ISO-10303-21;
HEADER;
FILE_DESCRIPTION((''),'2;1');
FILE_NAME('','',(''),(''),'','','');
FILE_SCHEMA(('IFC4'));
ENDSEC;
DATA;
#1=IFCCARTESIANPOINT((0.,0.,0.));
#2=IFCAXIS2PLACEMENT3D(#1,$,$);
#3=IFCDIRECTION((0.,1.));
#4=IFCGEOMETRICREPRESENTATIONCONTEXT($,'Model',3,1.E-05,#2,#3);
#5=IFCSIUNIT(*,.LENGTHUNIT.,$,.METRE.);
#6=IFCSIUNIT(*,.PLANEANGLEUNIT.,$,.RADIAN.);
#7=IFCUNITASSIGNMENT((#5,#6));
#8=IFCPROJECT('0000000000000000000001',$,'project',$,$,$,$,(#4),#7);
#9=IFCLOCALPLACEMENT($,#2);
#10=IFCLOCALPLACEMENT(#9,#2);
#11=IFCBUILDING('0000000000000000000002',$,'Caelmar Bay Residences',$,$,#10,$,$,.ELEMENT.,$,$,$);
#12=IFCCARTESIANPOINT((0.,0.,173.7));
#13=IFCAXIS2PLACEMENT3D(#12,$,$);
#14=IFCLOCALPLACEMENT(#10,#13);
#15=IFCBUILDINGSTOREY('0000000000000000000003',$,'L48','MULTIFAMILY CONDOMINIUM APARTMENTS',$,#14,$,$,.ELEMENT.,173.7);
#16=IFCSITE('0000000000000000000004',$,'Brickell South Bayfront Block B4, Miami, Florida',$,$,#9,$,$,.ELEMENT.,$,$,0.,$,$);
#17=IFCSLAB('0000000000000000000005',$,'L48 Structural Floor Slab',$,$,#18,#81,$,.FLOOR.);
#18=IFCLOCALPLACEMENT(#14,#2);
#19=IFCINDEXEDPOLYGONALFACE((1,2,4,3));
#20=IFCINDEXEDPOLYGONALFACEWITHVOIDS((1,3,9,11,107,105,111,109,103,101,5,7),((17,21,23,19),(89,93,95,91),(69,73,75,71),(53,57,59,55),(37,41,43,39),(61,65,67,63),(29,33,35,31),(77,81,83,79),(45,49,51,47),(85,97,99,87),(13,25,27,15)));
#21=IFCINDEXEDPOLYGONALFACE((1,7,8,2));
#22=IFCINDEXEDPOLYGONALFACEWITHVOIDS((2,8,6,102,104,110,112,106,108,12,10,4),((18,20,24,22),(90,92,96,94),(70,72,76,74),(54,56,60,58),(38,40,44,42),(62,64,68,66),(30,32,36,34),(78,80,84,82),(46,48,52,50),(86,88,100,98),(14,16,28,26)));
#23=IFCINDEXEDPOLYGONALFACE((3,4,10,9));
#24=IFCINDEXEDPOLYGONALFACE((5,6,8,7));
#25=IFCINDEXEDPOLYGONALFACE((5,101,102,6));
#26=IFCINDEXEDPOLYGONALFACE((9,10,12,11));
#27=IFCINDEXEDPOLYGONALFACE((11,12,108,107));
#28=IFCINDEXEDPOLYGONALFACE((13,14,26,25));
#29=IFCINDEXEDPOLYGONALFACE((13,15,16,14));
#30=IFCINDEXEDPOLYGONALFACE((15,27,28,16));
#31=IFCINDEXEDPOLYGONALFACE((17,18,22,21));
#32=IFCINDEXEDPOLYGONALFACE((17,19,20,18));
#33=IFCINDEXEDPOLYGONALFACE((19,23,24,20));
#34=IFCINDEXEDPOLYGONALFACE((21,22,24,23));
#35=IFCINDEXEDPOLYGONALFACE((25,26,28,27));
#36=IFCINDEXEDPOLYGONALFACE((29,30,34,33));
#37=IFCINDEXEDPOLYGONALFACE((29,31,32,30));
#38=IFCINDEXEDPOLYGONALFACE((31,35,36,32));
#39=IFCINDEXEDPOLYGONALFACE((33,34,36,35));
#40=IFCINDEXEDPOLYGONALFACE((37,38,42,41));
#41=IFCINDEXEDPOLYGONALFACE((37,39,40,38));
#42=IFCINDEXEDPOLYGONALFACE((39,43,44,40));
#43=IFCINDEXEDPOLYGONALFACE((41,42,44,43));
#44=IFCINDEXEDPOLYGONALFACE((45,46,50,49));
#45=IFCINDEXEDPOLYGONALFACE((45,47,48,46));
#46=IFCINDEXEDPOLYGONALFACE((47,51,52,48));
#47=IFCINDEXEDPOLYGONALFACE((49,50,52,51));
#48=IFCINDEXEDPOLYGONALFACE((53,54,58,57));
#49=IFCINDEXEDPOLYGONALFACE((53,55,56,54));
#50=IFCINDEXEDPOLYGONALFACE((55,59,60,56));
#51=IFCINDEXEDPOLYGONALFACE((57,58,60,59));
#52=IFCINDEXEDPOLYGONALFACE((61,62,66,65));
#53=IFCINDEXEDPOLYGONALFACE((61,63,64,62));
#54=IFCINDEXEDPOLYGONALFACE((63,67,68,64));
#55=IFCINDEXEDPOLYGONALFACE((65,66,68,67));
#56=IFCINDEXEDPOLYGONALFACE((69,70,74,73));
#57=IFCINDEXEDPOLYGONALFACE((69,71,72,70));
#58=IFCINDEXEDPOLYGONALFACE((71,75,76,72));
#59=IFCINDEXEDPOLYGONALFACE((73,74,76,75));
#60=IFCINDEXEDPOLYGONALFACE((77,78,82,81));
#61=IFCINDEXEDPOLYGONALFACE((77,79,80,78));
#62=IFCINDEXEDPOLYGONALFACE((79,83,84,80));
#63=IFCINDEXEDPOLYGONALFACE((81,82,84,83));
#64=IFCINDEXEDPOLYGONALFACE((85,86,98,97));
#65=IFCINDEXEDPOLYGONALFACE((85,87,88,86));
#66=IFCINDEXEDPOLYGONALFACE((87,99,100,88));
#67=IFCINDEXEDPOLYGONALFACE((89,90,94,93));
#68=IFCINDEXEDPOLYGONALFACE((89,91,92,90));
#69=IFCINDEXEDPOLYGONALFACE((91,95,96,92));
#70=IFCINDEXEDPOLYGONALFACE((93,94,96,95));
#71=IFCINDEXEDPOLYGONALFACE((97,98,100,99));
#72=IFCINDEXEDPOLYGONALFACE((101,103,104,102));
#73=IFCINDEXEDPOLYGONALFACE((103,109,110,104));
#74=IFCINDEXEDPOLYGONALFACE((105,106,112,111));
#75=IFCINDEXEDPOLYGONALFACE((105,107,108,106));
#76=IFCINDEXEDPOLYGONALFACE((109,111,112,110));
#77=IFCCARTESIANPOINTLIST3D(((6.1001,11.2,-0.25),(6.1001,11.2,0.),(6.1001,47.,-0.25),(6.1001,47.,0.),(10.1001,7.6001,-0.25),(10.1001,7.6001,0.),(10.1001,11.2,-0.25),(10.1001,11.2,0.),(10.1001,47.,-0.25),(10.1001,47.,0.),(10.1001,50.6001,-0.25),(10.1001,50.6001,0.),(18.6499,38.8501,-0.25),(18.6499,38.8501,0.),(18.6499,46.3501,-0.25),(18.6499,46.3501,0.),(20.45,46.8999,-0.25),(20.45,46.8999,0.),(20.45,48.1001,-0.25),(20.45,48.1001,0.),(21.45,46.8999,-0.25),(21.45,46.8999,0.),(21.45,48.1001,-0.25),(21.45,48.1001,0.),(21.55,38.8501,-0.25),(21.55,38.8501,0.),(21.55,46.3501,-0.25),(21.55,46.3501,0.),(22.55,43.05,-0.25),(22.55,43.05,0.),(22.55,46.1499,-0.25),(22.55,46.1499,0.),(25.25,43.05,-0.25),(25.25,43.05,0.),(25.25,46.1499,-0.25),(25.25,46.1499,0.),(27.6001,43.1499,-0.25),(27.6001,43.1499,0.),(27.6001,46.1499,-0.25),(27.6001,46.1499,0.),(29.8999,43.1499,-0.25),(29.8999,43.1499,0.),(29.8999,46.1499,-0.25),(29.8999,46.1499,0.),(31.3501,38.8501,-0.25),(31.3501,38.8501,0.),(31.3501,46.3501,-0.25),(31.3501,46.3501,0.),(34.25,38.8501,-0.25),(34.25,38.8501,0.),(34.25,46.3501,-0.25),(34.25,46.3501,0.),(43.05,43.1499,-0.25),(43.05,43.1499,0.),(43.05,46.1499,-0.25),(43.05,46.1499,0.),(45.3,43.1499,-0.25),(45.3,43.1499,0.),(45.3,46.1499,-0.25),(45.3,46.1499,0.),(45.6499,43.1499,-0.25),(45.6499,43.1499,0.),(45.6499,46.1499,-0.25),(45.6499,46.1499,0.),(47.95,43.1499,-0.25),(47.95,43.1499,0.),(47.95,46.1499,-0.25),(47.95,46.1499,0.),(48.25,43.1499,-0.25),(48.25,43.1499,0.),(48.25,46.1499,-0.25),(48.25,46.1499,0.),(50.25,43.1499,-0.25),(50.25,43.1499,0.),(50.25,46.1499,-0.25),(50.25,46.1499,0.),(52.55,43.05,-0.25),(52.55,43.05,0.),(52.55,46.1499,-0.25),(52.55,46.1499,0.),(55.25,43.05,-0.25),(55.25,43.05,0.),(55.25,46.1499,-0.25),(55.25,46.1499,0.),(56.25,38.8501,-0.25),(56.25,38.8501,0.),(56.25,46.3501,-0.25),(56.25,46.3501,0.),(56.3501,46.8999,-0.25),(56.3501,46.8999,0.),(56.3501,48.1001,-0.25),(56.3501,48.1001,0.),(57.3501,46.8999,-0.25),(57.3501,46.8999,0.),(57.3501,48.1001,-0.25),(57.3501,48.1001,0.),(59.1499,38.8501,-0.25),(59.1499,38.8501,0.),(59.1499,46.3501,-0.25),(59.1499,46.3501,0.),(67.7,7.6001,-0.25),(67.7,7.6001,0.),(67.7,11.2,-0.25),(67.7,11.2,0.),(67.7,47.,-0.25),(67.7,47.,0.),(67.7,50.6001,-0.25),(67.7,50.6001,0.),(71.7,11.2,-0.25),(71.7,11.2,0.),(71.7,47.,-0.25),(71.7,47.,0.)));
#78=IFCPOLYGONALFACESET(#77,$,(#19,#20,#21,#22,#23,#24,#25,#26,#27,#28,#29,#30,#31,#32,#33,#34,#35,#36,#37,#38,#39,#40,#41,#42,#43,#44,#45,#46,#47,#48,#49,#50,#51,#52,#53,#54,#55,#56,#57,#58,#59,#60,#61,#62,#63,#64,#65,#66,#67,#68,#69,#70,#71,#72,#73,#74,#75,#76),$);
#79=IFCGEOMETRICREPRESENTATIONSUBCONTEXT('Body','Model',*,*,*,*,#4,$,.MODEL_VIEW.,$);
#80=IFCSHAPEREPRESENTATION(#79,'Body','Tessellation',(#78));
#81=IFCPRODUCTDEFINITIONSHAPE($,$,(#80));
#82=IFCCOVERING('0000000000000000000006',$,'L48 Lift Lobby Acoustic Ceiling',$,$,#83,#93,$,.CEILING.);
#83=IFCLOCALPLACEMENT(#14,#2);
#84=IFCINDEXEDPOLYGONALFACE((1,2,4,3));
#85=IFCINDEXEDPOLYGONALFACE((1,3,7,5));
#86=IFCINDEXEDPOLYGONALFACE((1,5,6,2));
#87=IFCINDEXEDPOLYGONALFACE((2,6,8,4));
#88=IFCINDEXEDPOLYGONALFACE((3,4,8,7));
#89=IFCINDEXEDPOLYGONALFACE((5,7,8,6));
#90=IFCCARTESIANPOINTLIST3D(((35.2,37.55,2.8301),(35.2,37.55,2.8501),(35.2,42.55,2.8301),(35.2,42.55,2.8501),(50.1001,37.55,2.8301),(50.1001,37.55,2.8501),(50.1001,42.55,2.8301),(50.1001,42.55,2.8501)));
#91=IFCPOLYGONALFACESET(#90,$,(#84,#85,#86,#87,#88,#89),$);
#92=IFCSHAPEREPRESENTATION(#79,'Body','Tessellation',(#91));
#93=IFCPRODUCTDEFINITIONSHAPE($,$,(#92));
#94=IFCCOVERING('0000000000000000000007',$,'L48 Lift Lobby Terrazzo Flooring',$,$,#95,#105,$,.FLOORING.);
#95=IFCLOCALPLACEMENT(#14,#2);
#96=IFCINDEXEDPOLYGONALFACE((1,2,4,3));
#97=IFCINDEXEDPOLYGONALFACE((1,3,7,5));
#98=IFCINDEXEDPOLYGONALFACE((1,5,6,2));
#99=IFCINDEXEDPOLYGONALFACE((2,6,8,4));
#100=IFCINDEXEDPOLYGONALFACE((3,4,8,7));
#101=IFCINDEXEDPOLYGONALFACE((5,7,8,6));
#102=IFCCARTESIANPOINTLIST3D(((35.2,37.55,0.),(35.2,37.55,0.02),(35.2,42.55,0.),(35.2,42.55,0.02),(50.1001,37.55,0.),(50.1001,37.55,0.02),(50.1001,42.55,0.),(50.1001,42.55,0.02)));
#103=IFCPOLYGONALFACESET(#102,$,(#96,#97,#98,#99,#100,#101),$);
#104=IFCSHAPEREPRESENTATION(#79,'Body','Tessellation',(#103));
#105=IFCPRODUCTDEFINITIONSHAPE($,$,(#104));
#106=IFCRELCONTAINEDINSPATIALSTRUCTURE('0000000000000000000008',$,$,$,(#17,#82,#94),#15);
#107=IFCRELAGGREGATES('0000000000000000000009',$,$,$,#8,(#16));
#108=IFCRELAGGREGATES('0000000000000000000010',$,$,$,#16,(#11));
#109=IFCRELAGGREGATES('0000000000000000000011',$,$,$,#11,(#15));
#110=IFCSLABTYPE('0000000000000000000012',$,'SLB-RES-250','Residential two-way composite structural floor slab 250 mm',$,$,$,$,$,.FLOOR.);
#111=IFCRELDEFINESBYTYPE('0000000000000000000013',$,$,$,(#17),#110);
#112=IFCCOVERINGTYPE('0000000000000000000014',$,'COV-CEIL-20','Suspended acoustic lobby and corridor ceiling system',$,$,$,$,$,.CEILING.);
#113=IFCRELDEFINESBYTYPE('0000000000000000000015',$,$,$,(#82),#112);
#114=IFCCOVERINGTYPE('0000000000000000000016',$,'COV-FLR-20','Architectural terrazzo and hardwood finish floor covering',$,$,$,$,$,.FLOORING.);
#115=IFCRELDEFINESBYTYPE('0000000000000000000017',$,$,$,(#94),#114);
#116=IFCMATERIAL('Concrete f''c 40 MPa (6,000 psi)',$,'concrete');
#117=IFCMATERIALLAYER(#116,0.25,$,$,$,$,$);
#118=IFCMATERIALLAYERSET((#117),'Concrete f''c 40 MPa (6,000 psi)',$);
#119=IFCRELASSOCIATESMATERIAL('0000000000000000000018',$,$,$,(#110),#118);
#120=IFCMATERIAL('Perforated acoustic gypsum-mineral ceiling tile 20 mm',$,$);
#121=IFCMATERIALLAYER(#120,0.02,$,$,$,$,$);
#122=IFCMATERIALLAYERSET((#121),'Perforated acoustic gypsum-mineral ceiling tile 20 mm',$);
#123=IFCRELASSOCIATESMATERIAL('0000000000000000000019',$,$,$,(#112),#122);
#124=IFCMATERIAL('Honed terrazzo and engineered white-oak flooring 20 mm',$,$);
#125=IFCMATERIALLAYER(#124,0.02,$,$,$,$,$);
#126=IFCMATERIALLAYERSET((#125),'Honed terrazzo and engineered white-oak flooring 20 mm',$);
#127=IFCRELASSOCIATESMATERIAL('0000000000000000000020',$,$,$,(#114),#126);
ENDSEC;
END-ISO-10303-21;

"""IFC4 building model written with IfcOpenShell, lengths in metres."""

from ifc_helpers import new_model, si_unit, direction, frame, origin, place, context, subcontext, project, spatial, polyline, outline, extrude, material, layer, layer_set, type_object, element, save


model = new_model("IFC4")

# Units and contexts
model_context = context("Model", 3, precision=1e-05, world=origin(), true_north=direction((0.0, 1.0)))
body_context = subcontext(model_context, "Body", "Model", "MODEL_VIEW")
ifc_project = project(units=[si_unit("LENGTHUNIT", "METRE"), si_unit("PLANEANGLEUNIT", "RADIAN")], contexts=[model_context])

# Site, building, storey
site_placement = place(None, origin())
site = spatial("IfcSite", under=ifc_project, at=site_placement, Name="Brickell South Bayfront Block B4, Miami, Florida", CompositionType="ELEMENT", RefElevation=0.0)
building_placement = place(site_placement, origin())
building = spatial("IfcBuilding", under=site, at=building_placement, Name="Caelmar Bay Residences", CompositionType="ELEMENT")
storey_placement = place(building_placement, frame((0.0, 0.0, 173.7)))
storey = spatial("IfcBuildingStorey", under=building, at=storey_placement, Name="L48", Description="MULTIFAMILY CONDOMINIUM APARTMENTS", CompositionType="ELEMENT", Elevation=173.7)

# Shared definitions
ifc_material_1 = material(Name="Concrete f'c 40 MPa (6,000 psi)", Category="concrete")

# Slab
ifc_layer_1 = layer(ifc_material_1, 0.25)
ifc_layer_set_1 = layer_set([ifc_layer_1], Name="Concrete f'c 40 MPa (6,000 psi)")
slab_type_1 = type_object("IfcSlabType", Name="SLB-RES-250", Description="Residential two-way composite structural floor slab 250 mm", PredefinedType="FLOOR", material=ifc_layer_set_1)
slab_1_placement = place(storey_placement, frame((0.0, 0.0, -0.25)))
element("IfcSlab", 1, at=slab_1_placement, inside=storey, type_object=slab_type_1, Name="L48 Structural Floor Slab", PredefinedType="FLOOR", context=body_context, shape_type="SweptSolid", body=[
    extrude(outline(polyline([(10.1001, 7.6001), (67.7, 7.6001), (67.7, 11.2), (71.7, 11.2), (71.7, 47.0), (67.7, 47.0), (67.7, 50.6001), (10.1001, 50.6001), (10.1001, 47.0), (6.1001, 47.0), (6.1001, 11.2), (10.1001, 11.2), (10.1001, 7.6001)]), holes=[polyline([(18.6499, 38.8501), (21.55, 38.8501), (21.55, 46.3501), (18.6499, 46.3501), (18.6499, 38.8501)]), polyline([(56.25, 38.8501), (59.1499, 38.8501), (59.1499, 46.3501), (56.25, 46.3501), (56.25, 38.8501)]), polyline([(31.3501, 38.8501), (34.25, 38.8501), (34.25, 46.3501), (31.3501, 46.3501), (31.3501, 38.8501)]), polyline([(22.55, 43.05), (25.25, 43.05), (25.25, 46.1499), (22.55, 46.1499), (22.55, 43.05)]), polyline([(52.55, 43.05), (55.25, 43.05), (55.25, 46.1499), (52.55, 46.1499), (52.55, 43.05)]), polyline([(43.05, 43.1499), (45.3, 43.1499), (45.3, 46.1499), (43.05, 46.1499), (43.05, 43.1499)]), polyline([(45.6499, 43.1499), (47.95, 43.1499), (47.95, 46.1499), (45.6499, 46.1499), (45.6499, 43.1499)]), polyline([(48.25, 43.1499), (50.25, 43.1499), (50.25, 46.1499), (48.25, 46.1499), (48.25, 43.1499)]), polyline([(27.6001, 43.1499), (29.8999, 43.1499), (29.8999, 46.1499), (27.6001, 46.1499), (27.6001, 43.1499)]), polyline([(20.45, 46.8999), (21.45, 46.8999), (21.45, 48.1001), (20.45, 48.1001), (20.45, 46.8999)]), polyline([(56.3501, 46.8999), (57.3501, 46.8999), (57.3501, 48.1001), (56.3501, 48.1001), (56.3501, 46.8999)])]), origin(), (0.0, 0.0, 1.0), 0.25),
])

# Coverings
ifc_material_2 = material(Name="Perforated acoustic gypsum-mineral ceiling tile 20 mm")
ifc_layer_2 = layer(ifc_material_2, 0.02)
ifc_layer_set_2 = layer_set([ifc_layer_2], Name="Perforated acoustic gypsum-mineral ceiling tile 20 mm")
covering_type_1 = type_object("IfcCoveringType", Name="COV-CEIL-20", Description="Suspended acoustic lobby and corridor ceiling system", PredefinedType="CEILING", material=ifc_layer_set_2)
covering_1_placement = place(storey_placement, frame((0.0, 0.0, 2.8301)))
element("IfcCovering", 2, at=covering_1_placement, inside=storey, type_object=covering_type_1, Name="L48 Lift Lobby Acoustic Ceiling", PredefinedType="CEILING", context=body_context, shape_type="SweptSolid", body=[
    extrude(outline(polyline([(35.2, 37.55), (50.1001, 37.55), (50.1001, 42.55), (35.2, 42.55), (35.2, 37.55)])), origin(), (0.0, 0.0, 1.0), 0.02),
])
ifc_material_3 = material(Name="Honed terrazzo and engineered white-oak flooring 20 mm")
ifc_layer_3 = layer(ifc_material_3, 0.02)
ifc_layer_set_3 = layer_set([ifc_layer_3], Name="Honed terrazzo and engineered white-oak flooring 20 mm")
covering_type_2 = type_object("IfcCoveringType", Name="COV-FLR-20", Description="Architectural terrazzo and hardwood finish floor covering", PredefinedType="FLOORING", material=ifc_layer_set_3)
covering_2_placement = place(storey_placement, origin())
element("IfcCovering", 3, at=covering_2_placement, inside=storey, type_object=covering_type_2, Name="L48 Lift Lobby Terrazzo Flooring", PredefinedType="FLOORING", context=body_context, shape_type="SweptSolid", body=[
    extrude(outline(polyline([(35.2, 37.55), (50.1001, 37.55), (50.1001, 42.55), (35.2, 42.55), (35.2, 37.55)])), origin(), (0.0, 0.0, 1.0), 0.02),
])

save(model, "model.ifc")
